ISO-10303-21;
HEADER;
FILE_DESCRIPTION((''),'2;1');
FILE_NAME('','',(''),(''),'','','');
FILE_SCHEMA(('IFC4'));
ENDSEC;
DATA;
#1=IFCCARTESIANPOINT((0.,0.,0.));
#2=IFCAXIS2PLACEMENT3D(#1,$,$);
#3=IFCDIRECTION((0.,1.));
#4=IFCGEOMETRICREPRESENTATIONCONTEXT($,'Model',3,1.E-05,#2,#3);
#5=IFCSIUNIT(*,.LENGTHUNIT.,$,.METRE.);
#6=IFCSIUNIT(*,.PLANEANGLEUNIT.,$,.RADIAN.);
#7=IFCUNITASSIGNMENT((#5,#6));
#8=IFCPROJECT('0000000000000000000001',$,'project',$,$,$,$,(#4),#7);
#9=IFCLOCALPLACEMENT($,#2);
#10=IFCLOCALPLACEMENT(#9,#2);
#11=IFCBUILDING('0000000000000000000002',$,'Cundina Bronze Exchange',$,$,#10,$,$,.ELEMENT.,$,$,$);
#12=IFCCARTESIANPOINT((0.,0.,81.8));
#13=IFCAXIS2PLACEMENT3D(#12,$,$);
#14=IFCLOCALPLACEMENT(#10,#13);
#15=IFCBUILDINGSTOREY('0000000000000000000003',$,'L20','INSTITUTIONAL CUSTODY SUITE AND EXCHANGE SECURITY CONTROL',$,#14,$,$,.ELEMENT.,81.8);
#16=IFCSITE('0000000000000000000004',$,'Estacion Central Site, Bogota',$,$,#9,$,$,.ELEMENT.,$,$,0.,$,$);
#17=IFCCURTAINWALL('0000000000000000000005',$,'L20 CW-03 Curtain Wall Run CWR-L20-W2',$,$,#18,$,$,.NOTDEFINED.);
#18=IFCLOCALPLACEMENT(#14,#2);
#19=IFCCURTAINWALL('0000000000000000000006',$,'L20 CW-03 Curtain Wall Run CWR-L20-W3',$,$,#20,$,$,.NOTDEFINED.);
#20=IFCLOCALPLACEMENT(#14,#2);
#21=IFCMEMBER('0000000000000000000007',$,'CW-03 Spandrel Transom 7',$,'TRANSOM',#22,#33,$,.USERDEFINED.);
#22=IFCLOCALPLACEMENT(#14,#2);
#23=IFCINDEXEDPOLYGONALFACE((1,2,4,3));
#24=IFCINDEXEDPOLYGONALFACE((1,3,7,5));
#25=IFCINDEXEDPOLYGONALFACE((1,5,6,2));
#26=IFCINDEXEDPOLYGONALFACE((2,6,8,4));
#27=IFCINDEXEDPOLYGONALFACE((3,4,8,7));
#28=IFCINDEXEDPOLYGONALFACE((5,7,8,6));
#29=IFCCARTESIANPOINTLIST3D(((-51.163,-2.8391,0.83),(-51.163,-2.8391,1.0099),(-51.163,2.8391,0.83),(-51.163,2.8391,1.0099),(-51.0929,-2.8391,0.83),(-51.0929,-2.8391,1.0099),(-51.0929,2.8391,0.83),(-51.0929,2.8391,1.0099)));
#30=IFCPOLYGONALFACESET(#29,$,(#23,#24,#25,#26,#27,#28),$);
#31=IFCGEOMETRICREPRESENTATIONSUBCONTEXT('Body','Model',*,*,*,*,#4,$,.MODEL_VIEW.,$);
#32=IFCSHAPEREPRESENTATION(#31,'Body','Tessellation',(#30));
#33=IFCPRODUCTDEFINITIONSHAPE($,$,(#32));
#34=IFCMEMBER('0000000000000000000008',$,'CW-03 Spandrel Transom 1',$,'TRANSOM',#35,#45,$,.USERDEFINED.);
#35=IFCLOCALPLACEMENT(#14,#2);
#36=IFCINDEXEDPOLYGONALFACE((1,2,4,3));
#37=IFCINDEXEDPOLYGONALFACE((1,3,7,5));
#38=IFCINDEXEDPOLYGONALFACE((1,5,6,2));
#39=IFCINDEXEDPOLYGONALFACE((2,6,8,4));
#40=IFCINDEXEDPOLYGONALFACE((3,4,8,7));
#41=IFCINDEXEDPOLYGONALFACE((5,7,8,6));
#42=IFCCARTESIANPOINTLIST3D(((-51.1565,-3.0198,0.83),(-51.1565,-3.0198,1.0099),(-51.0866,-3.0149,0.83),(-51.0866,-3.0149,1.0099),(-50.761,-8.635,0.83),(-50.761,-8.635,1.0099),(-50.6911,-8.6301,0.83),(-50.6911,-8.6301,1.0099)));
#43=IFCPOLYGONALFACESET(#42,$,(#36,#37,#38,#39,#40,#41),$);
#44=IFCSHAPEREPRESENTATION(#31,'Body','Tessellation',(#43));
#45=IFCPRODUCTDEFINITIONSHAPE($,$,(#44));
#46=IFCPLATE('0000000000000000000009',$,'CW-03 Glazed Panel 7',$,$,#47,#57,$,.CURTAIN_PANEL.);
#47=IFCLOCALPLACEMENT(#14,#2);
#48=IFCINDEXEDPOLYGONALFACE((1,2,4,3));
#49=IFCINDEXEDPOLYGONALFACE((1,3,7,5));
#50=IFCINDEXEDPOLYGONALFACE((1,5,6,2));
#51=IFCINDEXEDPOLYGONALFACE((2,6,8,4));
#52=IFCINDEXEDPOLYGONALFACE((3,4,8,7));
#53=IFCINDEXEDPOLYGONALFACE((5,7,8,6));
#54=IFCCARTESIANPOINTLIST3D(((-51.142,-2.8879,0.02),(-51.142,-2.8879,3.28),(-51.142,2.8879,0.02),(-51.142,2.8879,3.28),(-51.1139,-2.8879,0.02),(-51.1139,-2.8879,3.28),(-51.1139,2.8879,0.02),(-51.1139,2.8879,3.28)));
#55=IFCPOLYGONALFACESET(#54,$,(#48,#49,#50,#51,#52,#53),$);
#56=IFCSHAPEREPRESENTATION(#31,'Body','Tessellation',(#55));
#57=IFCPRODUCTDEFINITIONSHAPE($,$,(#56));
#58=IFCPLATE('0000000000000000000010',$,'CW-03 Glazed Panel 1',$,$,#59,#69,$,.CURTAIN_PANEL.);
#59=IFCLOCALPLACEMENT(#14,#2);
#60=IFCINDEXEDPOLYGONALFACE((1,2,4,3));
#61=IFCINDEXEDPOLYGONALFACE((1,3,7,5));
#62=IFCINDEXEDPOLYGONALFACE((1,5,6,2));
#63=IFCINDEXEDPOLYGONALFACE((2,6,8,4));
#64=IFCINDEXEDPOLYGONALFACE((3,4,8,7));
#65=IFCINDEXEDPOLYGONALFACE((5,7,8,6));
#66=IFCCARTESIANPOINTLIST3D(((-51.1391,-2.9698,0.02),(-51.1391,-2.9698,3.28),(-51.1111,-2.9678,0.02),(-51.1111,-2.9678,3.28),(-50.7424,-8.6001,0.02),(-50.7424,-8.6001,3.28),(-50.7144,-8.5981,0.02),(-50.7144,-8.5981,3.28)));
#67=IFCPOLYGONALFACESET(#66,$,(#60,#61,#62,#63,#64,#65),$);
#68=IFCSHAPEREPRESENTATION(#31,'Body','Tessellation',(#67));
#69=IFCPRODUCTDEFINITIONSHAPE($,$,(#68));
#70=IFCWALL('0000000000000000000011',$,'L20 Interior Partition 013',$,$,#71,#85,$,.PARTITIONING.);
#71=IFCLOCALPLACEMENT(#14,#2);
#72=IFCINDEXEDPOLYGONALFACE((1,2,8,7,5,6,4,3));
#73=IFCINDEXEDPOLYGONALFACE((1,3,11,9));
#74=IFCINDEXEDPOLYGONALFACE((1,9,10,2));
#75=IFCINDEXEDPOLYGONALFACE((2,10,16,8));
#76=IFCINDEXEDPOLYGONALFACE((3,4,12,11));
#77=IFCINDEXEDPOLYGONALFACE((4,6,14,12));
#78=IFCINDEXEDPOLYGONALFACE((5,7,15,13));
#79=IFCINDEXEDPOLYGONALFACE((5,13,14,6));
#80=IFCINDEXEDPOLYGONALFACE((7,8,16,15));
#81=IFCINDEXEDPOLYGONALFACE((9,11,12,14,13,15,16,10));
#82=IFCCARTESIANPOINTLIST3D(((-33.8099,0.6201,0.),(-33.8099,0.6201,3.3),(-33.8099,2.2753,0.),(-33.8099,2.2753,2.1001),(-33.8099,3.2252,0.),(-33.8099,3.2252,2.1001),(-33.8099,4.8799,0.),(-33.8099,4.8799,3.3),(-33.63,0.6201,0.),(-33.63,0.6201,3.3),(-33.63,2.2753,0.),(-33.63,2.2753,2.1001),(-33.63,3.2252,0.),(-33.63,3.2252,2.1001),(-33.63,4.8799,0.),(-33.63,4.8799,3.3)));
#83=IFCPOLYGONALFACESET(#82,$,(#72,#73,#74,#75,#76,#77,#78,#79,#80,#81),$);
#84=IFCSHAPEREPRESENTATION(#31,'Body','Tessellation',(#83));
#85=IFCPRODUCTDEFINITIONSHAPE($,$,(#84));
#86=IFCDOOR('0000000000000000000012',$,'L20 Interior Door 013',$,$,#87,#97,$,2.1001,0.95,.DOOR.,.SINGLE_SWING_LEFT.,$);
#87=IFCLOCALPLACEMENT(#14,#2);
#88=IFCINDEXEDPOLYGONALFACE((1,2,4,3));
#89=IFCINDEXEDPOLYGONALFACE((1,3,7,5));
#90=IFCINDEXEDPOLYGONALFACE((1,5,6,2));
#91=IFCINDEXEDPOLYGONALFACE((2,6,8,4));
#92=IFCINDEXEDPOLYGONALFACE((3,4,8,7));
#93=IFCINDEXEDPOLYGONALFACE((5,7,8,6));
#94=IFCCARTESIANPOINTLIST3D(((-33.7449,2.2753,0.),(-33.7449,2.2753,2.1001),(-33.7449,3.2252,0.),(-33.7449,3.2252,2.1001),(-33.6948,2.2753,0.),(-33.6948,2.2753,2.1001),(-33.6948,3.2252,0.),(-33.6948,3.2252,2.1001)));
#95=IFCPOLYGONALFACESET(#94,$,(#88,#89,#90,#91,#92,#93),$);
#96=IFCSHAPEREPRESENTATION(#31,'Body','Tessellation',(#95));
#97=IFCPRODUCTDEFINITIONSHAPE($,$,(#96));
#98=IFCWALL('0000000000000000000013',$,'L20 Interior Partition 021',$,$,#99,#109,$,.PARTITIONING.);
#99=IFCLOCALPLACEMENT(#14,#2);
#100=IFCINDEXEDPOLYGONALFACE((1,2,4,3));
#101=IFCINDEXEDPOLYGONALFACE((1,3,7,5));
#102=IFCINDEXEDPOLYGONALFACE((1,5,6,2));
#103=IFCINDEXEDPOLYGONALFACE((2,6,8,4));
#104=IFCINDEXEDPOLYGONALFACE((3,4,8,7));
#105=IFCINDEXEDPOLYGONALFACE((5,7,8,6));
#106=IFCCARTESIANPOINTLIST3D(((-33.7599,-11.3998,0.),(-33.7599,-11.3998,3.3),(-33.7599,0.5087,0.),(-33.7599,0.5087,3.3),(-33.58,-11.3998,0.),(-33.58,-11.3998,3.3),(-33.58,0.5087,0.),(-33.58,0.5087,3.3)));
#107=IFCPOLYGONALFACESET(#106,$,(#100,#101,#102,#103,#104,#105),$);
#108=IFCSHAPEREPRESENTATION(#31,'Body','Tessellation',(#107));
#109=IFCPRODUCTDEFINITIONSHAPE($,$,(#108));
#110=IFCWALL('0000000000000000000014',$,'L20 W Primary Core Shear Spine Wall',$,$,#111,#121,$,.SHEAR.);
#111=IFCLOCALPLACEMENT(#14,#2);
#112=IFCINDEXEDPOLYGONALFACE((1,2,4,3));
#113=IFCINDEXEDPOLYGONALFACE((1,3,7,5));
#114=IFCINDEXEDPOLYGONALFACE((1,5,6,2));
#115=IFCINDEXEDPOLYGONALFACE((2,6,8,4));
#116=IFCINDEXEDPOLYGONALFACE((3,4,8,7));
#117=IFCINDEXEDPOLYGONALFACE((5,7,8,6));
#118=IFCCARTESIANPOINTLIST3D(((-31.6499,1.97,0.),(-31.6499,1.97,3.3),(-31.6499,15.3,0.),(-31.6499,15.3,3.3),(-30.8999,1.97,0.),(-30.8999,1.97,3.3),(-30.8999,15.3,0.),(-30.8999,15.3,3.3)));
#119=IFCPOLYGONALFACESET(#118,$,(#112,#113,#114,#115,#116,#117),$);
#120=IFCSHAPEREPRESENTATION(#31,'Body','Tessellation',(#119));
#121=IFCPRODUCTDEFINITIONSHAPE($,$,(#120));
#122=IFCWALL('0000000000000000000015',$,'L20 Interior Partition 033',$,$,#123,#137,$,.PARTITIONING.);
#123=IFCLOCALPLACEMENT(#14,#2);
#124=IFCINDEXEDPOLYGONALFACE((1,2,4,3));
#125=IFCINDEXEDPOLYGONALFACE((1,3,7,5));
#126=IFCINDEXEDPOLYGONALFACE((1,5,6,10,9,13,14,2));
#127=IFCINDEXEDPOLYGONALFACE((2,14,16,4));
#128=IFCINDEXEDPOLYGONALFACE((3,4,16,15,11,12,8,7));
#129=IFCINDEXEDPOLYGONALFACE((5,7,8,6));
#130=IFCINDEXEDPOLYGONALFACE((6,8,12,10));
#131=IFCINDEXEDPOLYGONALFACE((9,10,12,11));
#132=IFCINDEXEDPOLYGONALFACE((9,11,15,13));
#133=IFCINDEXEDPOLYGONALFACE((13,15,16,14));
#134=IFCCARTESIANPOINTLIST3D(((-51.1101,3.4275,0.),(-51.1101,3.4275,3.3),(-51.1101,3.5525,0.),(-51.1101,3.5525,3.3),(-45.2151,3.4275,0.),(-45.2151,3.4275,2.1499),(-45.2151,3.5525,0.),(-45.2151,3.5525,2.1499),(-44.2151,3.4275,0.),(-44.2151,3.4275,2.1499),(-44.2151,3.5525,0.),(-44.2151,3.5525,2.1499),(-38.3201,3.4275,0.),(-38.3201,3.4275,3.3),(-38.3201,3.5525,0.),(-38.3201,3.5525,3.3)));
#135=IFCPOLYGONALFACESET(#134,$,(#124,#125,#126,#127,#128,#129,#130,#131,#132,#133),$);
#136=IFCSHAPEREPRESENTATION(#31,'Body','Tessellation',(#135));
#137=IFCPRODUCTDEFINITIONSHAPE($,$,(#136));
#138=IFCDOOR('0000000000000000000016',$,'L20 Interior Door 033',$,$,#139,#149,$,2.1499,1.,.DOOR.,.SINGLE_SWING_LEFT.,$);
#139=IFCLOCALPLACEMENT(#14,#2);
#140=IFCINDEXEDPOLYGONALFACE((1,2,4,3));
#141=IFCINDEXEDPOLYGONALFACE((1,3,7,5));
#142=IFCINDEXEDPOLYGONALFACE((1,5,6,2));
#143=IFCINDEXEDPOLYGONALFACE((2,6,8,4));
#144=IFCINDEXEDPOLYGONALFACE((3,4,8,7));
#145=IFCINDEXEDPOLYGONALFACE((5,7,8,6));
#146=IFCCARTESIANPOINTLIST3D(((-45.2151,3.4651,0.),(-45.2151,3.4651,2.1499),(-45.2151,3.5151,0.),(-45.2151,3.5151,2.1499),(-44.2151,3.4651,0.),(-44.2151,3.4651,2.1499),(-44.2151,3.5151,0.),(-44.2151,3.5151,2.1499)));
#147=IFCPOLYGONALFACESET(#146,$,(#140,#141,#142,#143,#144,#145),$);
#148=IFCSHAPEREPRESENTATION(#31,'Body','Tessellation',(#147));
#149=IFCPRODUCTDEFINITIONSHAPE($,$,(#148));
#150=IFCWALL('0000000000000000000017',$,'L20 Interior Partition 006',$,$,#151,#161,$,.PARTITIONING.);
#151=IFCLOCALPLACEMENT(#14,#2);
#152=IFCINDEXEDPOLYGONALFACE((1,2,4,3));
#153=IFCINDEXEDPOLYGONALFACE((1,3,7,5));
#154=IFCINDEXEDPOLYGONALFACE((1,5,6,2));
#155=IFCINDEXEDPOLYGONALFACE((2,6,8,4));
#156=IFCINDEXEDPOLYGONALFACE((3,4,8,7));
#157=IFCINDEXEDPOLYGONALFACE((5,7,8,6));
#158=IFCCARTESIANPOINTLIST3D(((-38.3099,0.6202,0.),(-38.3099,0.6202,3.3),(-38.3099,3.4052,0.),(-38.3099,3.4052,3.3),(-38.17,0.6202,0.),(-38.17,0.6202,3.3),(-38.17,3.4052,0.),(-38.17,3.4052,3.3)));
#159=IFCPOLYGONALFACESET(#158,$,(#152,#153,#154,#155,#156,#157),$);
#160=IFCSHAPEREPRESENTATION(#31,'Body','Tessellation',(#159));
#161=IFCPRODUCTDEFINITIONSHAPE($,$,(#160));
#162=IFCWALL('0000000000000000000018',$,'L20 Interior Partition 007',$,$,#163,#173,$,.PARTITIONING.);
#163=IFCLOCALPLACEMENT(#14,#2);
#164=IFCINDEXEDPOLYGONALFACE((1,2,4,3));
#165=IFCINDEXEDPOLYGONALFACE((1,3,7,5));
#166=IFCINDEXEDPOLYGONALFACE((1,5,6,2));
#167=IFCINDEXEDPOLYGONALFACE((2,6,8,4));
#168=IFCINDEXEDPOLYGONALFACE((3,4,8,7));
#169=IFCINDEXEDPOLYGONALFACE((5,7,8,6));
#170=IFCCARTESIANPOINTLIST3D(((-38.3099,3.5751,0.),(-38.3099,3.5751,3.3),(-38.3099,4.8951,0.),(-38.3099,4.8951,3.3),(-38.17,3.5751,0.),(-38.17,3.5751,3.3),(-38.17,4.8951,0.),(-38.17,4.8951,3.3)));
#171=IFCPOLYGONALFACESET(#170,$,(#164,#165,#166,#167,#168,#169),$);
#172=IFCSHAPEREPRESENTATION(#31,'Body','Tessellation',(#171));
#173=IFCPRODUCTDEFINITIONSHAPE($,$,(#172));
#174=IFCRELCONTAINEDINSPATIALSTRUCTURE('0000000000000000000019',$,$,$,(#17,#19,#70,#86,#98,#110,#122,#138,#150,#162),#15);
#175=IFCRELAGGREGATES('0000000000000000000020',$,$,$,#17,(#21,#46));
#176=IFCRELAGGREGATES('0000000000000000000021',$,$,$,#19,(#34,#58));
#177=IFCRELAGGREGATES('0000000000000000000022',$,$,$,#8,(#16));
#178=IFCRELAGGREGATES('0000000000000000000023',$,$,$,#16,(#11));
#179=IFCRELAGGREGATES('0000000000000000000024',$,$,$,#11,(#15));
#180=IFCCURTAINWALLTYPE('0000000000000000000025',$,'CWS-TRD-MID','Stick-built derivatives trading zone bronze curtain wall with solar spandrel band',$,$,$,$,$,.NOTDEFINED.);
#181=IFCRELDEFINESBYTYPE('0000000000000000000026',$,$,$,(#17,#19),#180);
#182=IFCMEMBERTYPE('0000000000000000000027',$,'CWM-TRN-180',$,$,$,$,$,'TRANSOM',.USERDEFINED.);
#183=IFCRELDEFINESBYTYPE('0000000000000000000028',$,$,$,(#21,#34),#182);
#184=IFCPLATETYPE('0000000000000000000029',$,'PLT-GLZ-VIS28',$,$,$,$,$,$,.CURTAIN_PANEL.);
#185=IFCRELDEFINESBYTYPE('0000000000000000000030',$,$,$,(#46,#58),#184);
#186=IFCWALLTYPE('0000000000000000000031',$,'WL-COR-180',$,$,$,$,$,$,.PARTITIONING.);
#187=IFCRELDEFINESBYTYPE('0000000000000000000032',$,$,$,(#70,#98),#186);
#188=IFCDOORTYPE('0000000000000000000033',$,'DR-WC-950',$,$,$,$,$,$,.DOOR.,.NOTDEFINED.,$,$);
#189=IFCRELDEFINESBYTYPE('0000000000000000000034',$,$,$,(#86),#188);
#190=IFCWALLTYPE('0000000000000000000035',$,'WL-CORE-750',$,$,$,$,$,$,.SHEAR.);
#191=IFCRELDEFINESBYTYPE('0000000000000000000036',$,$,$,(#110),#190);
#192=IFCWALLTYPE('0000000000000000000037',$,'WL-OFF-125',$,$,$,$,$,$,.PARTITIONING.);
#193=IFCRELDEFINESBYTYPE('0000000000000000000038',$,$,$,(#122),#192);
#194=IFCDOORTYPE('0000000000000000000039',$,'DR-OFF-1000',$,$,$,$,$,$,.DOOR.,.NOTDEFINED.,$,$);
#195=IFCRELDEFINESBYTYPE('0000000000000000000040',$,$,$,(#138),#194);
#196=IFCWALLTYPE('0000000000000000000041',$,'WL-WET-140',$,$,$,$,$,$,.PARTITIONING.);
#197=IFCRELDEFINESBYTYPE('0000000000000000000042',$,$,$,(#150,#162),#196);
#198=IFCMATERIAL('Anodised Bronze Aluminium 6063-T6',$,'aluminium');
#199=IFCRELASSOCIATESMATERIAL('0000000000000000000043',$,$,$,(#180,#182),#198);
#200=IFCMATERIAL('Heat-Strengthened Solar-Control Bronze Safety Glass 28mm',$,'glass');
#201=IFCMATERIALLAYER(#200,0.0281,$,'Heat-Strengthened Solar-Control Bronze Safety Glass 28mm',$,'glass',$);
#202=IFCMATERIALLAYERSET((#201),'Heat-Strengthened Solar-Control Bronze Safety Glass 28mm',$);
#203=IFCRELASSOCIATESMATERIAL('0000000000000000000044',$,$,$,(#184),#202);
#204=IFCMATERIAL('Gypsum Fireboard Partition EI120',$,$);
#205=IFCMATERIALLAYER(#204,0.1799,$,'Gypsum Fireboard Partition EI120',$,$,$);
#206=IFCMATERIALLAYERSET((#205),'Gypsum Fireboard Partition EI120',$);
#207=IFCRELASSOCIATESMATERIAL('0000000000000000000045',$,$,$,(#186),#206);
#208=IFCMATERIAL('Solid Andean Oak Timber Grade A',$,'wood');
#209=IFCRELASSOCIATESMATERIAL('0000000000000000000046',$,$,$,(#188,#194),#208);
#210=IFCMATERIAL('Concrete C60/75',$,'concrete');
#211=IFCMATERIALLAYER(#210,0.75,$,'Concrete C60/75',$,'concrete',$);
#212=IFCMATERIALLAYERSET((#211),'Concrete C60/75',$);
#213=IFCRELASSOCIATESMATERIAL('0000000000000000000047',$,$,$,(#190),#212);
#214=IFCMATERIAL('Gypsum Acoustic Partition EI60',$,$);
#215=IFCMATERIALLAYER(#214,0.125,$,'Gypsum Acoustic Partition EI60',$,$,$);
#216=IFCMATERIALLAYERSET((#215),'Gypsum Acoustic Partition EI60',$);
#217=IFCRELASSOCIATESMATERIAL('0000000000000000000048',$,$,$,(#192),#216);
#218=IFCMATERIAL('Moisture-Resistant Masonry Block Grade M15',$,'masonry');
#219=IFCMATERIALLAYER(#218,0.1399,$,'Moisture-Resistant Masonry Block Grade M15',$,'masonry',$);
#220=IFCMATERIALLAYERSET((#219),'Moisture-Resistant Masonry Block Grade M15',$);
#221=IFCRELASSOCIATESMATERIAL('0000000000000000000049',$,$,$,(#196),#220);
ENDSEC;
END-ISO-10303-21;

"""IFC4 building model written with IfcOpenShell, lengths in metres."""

from ifc_helpers import new_model, si_unit, direction, frame, frame_2d, origin, origin_2d, place, context, subcontext, project, spatial, rectangle, extrude, material, layer, layer_set, material_profile, profile_set, type_object, element, fill, aggregate, save


model = new_model("IFC4")

# Units and contexts
model_context = context("Model", 3, precision=1e-05, world=origin(), true_north=direction((0.0, 1.0)))
body_context = subcontext(model_context, "Body", "Model", "MODEL_VIEW")
ifc_project = project(units=[si_unit("LENGTHUNIT", "METRE"), si_unit("PLANEANGLEUNIT", "RADIAN")], contexts=[model_context])

# Site, building, storey
site_placement = place(None, origin())
site = spatial("IfcSite", under=ifc_project, at=site_placement, Name="Estacion Central Site, Bogota", CompositionType="ELEMENT", RefElevation=0.0)
building_placement = place(site_placement, origin())
building = spatial("IfcBuilding", under=site, at=building_placement, Name="Cundina Bronze Exchange", CompositionType="ELEMENT")
storey_placement = place(building_placement, frame((0.0, 0.0, 81.8)))
storey = spatial("IfcBuildingStorey", under=building, at=storey_placement, Name="L20", Description="INSTITUTIONAL CUSTODY SUITE AND EXCHANGE SECURITY CONTROL", CompositionType="ELEMENT", Elevation=81.8)

# Shared definitions
ifc_material_1 = material(Name="Concrete C60/75", Category="concrete")

# Curtain walls
ifc_material_2 = material(Name="Anodised Bronze Aluminium 6063-T6", Category="aluminium")
curtain_wall_type = type_object("IfcCurtainWallType", Name="CWS-TRD-MID", Description="Stick-built derivatives trading zone bronze curtain wall with solar spandrel band", PredefinedType="NOTDEFINED", material=ifc_material_2)
curtain_wall_1_placement = place(storey_placement, origin())
curtain_wall_1 = element("IfcCurtainWall", 1, at=curtain_wall_1_placement, inside=storey, type_object=curtain_wall_type, Name="L20 CW-03 Curtain Wall Run CWR-L20-W2", PredefinedType="NOTDEFINED")
curtain_wall_2_placement = place(storey_placement, origin())
curtain_wall_2 = element("IfcCurtainWall", 2, at=curtain_wall_2_placement, inside=storey, type_object=curtain_wall_type, Name="L20 CW-03 Curtain Wall Run CWR-L20-W3", PredefinedType="NOTDEFINED")

# Members
ifc_material_profile_1 = material_profile(ifc_material_2, rectangle(XDim=0.0701, YDim=0.1799, at=origin_2d()), Name="AL70X180", Category="aluminium")
ifc_profile_set_1 = profile_set([ifc_material_profile_1], Name="Anodised Bronze Aluminium 6063-T6")
member_type_1 = type_object("IfcMemberType", Name="CWM-TRN-180", ElementType="TRANSOM", PredefinedType="USERDEFINED", material=ifc_profile_set_1)
member_1_placement = place(storey_placement, frame((-51.1279, 2.8391, 0.9199), z_axis=(0.0, -1.0, 0.0), x_axis=(1.0, 0.0, 0.0)))
member_1 = element("IfcMember", 3, at=member_1_placement, type_object=member_type_1, Name="CW-03 Spandrel Transom 7", ObjectType="TRANSOM", PredefinedType="USERDEFINED", context=body_context, shape_type="SweptSolid", body=[
    extrude(rectangle(XDim=0.0701, YDim=0.1799, at=origin_2d()), origin(), (0.0, 0.0, 1.0), 5.6782),
])
member_2_placement = place(storey_placement, frame((-51.1216, -3.0173, 0.9199), z_axis=(0.070261, -0.997529, 0.0), x_axis=(0.997529, 0.070261, 0.0)))
member_2 = element("IfcMember", 4, at=member_2_placement, type_object=member_type_1, Name="CW-03 Spandrel Transom 1", ObjectType="TRANSOM", PredefinedType="USERDEFINED", context=body_context, shape_type="SweptSolid", body=[
    extrude(rectangle(XDim=0.0701, YDim=0.1799, at=origin_2d()), origin(), (0.0, 0.0, 1.0), 5.6292),
])

# Plates
ifc_material_3 = material(Name="Heat-Strengthened Solar-Control Bronze Safety Glass 28mm", Category="glass")
ifc_layer_1 = layer(ifc_material_3, 0.0281, Name="Heat-Strengthened Solar-Control Bronze Safety Glass 28mm", Category="glass")
ifc_layer_set_1 = layer_set([ifc_layer_1], Name="Heat-Strengthened Solar-Control Bronze Safety Glass 28mm")
plate_type = type_object("IfcPlateType", Name="PLT-GLZ-VIS28", PredefinedType="CURTAIN_PANEL", material=ifc_layer_set_1)
plate_1_placement = place(storey_placement, frame((-51.1279, 0.0, 0.02), z_axis=(0.0, 0.0, 1.0), x_axis=(0.0, -1.0, 0.0)))
plate_1 = element("IfcPlate", 5, at=plate_1_placement, type_object=plate_type, Name="CW-03 Glazed Panel 7", PredefinedType="CURTAIN_PANEL", context=body_context, shape_type="SweptSolid", body=[
    extrude(rectangle(XDim=5.7759, YDim=0.0281, at=origin_2d()), origin(), (0.0, 0.0, 1.0), 3.26),
])
aggregate(curtain_wall_1, [member_1, plate_1])
plate_2_placement = place(storey_placement, frame((-50.9268, -5.7839, 0.02), z_axis=(0.0, 0.0, 1.0), x_axis=(0.070279, -0.997527, 0.0)))
plate_2 = element("IfcPlate", 6, at=plate_2_placement, type_object=plate_type, Name="CW-03 Glazed Panel 1", PredefinedType="CURTAIN_PANEL", context=body_context, shape_type="SweptSolid", body=[
    extrude(rectangle(XDim=5.6443, YDim=0.0281, at=origin_2d()), origin(), (0.0, 0.0, 1.0), 3.26),
])
aggregate(curtain_wall_2, [member_2, plate_2])

# Wall, opening, door
ifc_material_4 = material(Name="Gypsum Fireboard Partition EI120")
ifc_layer_2 = layer(ifc_material_4, 0.1799, Name="Gypsum Fireboard Partition EI120")
ifc_layer_set_2 = layer_set([ifc_layer_2], Name="Gypsum Fireboard Partition EI120")
wall_type_1 = type_object("IfcWallType", Name="WL-COR-180", PredefinedType="PARTITIONING", material=ifc_layer_set_2)
wall_1_placement = place(storey_placement, frame((-33.72, 0.6201, 0.0), z_axis=(0.0, 0.0, 1.0), x_axis=(0.0, 1.0, 0.0)))
wall_1 = element("IfcWall", 7, at=wall_1_placement, inside=storey, type_object=wall_type_1, Name="L20 Interior Partition 013", PredefinedType="PARTITIONING", context=body_context, shape_type="SweptSolid", body=[
    extrude(rectangle(XDim=4.2598, YDim=0.1799, at=frame_2d((2.1299, 0.0))), origin(), (0.0, 0.0, 1.0), 3.3),
])
opening_1_placement = place(wall_1_placement, frame((1.655, 0.0, 0.0)))
opening_1 = element("IfcOpeningElement", 8, at=opening_1_placement, cuts=wall_1, PredefinedType="OPENING", context=body_context, shape_type="SweptSolid", body=[
    extrude(rectangle(XDim=0.95, YDim=2.1001, at=frame_2d((0.4751, 1.05))), frame((0.0, 0.0999, 0.0), z_axis=(0.0, -1.0, 0.0), x_axis=(1.0, 0.0, 0.0)), (0.0, 0.0, 1.0), 0.2),
])
ifc_material_5 = material(Name="Solid Andean Oak Timber Grade A", Category="wood")
door_type_1 = type_object("IfcDoorType", Name="DR-WC-950", OperationType="NOTDEFINED", PredefinedType="DOOR", material=ifc_material_5)
door_1_placement = place(opening_1_placement, origin())
door_1 = element("IfcDoor", 9, at=door_1_placement, inside=storey, type_object=door_type_1, Name="L20 Interior Door 013", OperationType="SINGLE_SWING_LEFT", OverallHeight=2.1001, OverallWidth=0.95, PredefinedType="DOOR", context=body_context, shape_type="SweptSolid", body=[
    extrude(rectangle(XDim=0.95, YDim=2.1001, at=frame_2d((0.4751, 1.05))), frame((0.0, 0.0249, 0.0), z_axis=(0.0, -1.0, 0.0), x_axis=(1.0, 0.0, 0.0)), (0.0, 0.0, 1.0), 0.05),
])
fill(opening_1, door_1)

# Walls
wall_2_placement = place(storey_placement, frame((-33.6699, 0.5085, 0.0), z_axis=(0.0, 0.0, 1.0), x_axis=(0.0, -1.0, 0.0)))
element("IfcWall", 10, at=wall_2_placement, inside=storey, type_object=wall_type_1, Name="L20 Interior Partition 021", PredefinedType="PARTITIONING", context=body_context, shape_type="SweptSolid", body=[
    extrude(rectangle(XDim=11.9084, YDim=0.1799, at=frame_2d((5.9541, 0.0))), origin(), (0.0, 0.0, 1.0), 3.3),
])
ifc_layer_3 = layer(ifc_material_1, 0.75, Name="Concrete C60/75", Category="concrete")
ifc_layer_set_3 = layer_set([ifc_layer_3], Name="Concrete C60/75")
wall_type_2 = type_object("IfcWallType", Name="WL-CORE-750", PredefinedType="SHEAR", material=ifc_layer_set_3)
wall_3_placement = place(storey_placement, frame((-31.2749, 1.97, 0.0), z_axis=(0.0, 0.0, 1.0), x_axis=(0.0, 1.0, 0.0)))
element("IfcWall", 11, at=wall_3_placement, inside=storey, type_object=wall_type_2, Name="L20 W Primary Core Shear Spine Wall", PredefinedType="SHEAR", context=body_context, shape_type="SweptSolid", body=[
    extrude(rectangle(XDim=13.3301, YDim=0.75, at=frame_2d((6.665, 0.0))), origin(), (0.0, 0.0, 1.0), 3.3),
])

# Wall, opening, door
ifc_material_6 = material(Name="Gypsum Acoustic Partition EI60")
ifc_layer_4 = layer(ifc_material_6, 0.125, Name="Gypsum Acoustic Partition EI60")
ifc_layer_set_4 = layer_set([ifc_layer_4], Name="Gypsum Acoustic Partition EI60")
wall_type_3 = type_object("IfcWallType", Name="WL-OFF-125", PredefinedType="PARTITIONING", material=ifc_layer_set_4)
wall_4_placement = place(storey_placement, frame((-38.3201, 3.49, 0.0), z_axis=(0.0, 0.0, 1.0), x_axis=(-1.0, 0.0, 0.0)))
wall_4 = element("IfcWall", 12, at=wall_4_placement, inside=storey, type_object=wall_type_3, Name="L20 Interior Partition 033", PredefinedType="PARTITIONING", context=body_context, shape_type="SweptSolid", body=[
    extrude(rectangle(XDim=12.79, YDim=0.125, at=frame_2d((6.395, 0.0))), origin(), (0.0, 0.0, 1.0), 3.3),
])
opening_2_placement = place(wall_4_placement, frame((5.895, 0.0, 0.0)))
opening_2 = element("IfcOpeningElement", 13, at=opening_2_placement, cuts=wall_4, PredefinedType="OPENING", context=body_context, shape_type="SweptSolid", body=[
    extrude(rectangle(XDim=1.0, YDim=2.1499, at=frame_2d((0.5, 1.075))), frame((0.0, 0.0725, 0.0), z_axis=(0.0, -1.0, 0.0), x_axis=(1.0, 0.0, 0.0)), (0.0, 0.0, 1.0), 0.145),
])
door_type_2 = type_object("IfcDoorType", Name="DR-OFF-1000", OperationType="NOTDEFINED", PredefinedType="DOOR", material=ifc_material_5)
door_2_placement = place(opening_2_placement, origin())
door_2 = element("IfcDoor", 14, at=door_2_placement, inside=storey, type_object=door_type_2, Name="L20 Interior Door 033", OperationType="SINGLE_SWING_LEFT", OverallHeight=2.1499, OverallWidth=1.0, PredefinedType="DOOR", context=body_context, shape_type="SweptSolid", body=[
    extrude(rectangle(XDim=1.0, YDim=2.1499, at=frame_2d((0.5, 1.075))), frame((0.0, 0.0249, 0.0), z_axis=(0.0, -1.0, 0.0), x_axis=(1.0, 0.0, 0.0)), (0.0, 0.0, 1.0), 0.05),
])
fill(opening_2, door_2)

# Walls
ifc_material_7 = material(Name="Moisture-Resistant Masonry Block Grade M15", Category="masonry")
ifc_layer_5 = layer(ifc_material_7, 0.1399, Name="Moisture-Resistant Masonry Block Grade M15", Category="masonry")
ifc_layer_set_5 = layer_set([ifc_layer_5], Name="Moisture-Resistant Masonry Block Grade M15")
wall_type_4 = type_object("IfcWallType", Name="WL-WET-140", PredefinedType="PARTITIONING", material=ifc_layer_set_5)
wall_5_placement = place(storey_placement, frame((-38.24, 0.6201, 0.0), z_axis=(0.0, 0.0, 1.0), x_axis=(0.0, 1.0, 0.0)))
element("IfcWall", 15, at=wall_5_placement, inside=storey, type_object=wall_type_4, Name="L20 Interior Partition 006", PredefinedType="PARTITIONING", context=body_context, shape_type="SweptSolid", body=[
    extrude(rectangle(XDim=2.7849, YDim=0.1399, at=frame_2d((1.3926, 0.0))), origin(), (0.0, 0.0, 1.0), 3.3),
])
wall_6_placement = place(storey_placement, frame((-38.24, 3.575, 0.0), z_axis=(0.0, 0.0, 1.0), x_axis=(0.0, 1.0, 0.0)))
element("IfcWall", 16, at=wall_6_placement, inside=storey, type_object=wall_type_4, Name="L20 Interior Partition 007", PredefinedType="PARTITIONING", context=body_context, shape_type="SweptSolid", body=[
    extrude(rectangle(XDim=1.3201, YDim=0.1399, at=frame_2d((0.6602, 0.0))), origin(), (0.0, 0.0, 1.0), 3.3),
])

save(model, "model.ifc")
